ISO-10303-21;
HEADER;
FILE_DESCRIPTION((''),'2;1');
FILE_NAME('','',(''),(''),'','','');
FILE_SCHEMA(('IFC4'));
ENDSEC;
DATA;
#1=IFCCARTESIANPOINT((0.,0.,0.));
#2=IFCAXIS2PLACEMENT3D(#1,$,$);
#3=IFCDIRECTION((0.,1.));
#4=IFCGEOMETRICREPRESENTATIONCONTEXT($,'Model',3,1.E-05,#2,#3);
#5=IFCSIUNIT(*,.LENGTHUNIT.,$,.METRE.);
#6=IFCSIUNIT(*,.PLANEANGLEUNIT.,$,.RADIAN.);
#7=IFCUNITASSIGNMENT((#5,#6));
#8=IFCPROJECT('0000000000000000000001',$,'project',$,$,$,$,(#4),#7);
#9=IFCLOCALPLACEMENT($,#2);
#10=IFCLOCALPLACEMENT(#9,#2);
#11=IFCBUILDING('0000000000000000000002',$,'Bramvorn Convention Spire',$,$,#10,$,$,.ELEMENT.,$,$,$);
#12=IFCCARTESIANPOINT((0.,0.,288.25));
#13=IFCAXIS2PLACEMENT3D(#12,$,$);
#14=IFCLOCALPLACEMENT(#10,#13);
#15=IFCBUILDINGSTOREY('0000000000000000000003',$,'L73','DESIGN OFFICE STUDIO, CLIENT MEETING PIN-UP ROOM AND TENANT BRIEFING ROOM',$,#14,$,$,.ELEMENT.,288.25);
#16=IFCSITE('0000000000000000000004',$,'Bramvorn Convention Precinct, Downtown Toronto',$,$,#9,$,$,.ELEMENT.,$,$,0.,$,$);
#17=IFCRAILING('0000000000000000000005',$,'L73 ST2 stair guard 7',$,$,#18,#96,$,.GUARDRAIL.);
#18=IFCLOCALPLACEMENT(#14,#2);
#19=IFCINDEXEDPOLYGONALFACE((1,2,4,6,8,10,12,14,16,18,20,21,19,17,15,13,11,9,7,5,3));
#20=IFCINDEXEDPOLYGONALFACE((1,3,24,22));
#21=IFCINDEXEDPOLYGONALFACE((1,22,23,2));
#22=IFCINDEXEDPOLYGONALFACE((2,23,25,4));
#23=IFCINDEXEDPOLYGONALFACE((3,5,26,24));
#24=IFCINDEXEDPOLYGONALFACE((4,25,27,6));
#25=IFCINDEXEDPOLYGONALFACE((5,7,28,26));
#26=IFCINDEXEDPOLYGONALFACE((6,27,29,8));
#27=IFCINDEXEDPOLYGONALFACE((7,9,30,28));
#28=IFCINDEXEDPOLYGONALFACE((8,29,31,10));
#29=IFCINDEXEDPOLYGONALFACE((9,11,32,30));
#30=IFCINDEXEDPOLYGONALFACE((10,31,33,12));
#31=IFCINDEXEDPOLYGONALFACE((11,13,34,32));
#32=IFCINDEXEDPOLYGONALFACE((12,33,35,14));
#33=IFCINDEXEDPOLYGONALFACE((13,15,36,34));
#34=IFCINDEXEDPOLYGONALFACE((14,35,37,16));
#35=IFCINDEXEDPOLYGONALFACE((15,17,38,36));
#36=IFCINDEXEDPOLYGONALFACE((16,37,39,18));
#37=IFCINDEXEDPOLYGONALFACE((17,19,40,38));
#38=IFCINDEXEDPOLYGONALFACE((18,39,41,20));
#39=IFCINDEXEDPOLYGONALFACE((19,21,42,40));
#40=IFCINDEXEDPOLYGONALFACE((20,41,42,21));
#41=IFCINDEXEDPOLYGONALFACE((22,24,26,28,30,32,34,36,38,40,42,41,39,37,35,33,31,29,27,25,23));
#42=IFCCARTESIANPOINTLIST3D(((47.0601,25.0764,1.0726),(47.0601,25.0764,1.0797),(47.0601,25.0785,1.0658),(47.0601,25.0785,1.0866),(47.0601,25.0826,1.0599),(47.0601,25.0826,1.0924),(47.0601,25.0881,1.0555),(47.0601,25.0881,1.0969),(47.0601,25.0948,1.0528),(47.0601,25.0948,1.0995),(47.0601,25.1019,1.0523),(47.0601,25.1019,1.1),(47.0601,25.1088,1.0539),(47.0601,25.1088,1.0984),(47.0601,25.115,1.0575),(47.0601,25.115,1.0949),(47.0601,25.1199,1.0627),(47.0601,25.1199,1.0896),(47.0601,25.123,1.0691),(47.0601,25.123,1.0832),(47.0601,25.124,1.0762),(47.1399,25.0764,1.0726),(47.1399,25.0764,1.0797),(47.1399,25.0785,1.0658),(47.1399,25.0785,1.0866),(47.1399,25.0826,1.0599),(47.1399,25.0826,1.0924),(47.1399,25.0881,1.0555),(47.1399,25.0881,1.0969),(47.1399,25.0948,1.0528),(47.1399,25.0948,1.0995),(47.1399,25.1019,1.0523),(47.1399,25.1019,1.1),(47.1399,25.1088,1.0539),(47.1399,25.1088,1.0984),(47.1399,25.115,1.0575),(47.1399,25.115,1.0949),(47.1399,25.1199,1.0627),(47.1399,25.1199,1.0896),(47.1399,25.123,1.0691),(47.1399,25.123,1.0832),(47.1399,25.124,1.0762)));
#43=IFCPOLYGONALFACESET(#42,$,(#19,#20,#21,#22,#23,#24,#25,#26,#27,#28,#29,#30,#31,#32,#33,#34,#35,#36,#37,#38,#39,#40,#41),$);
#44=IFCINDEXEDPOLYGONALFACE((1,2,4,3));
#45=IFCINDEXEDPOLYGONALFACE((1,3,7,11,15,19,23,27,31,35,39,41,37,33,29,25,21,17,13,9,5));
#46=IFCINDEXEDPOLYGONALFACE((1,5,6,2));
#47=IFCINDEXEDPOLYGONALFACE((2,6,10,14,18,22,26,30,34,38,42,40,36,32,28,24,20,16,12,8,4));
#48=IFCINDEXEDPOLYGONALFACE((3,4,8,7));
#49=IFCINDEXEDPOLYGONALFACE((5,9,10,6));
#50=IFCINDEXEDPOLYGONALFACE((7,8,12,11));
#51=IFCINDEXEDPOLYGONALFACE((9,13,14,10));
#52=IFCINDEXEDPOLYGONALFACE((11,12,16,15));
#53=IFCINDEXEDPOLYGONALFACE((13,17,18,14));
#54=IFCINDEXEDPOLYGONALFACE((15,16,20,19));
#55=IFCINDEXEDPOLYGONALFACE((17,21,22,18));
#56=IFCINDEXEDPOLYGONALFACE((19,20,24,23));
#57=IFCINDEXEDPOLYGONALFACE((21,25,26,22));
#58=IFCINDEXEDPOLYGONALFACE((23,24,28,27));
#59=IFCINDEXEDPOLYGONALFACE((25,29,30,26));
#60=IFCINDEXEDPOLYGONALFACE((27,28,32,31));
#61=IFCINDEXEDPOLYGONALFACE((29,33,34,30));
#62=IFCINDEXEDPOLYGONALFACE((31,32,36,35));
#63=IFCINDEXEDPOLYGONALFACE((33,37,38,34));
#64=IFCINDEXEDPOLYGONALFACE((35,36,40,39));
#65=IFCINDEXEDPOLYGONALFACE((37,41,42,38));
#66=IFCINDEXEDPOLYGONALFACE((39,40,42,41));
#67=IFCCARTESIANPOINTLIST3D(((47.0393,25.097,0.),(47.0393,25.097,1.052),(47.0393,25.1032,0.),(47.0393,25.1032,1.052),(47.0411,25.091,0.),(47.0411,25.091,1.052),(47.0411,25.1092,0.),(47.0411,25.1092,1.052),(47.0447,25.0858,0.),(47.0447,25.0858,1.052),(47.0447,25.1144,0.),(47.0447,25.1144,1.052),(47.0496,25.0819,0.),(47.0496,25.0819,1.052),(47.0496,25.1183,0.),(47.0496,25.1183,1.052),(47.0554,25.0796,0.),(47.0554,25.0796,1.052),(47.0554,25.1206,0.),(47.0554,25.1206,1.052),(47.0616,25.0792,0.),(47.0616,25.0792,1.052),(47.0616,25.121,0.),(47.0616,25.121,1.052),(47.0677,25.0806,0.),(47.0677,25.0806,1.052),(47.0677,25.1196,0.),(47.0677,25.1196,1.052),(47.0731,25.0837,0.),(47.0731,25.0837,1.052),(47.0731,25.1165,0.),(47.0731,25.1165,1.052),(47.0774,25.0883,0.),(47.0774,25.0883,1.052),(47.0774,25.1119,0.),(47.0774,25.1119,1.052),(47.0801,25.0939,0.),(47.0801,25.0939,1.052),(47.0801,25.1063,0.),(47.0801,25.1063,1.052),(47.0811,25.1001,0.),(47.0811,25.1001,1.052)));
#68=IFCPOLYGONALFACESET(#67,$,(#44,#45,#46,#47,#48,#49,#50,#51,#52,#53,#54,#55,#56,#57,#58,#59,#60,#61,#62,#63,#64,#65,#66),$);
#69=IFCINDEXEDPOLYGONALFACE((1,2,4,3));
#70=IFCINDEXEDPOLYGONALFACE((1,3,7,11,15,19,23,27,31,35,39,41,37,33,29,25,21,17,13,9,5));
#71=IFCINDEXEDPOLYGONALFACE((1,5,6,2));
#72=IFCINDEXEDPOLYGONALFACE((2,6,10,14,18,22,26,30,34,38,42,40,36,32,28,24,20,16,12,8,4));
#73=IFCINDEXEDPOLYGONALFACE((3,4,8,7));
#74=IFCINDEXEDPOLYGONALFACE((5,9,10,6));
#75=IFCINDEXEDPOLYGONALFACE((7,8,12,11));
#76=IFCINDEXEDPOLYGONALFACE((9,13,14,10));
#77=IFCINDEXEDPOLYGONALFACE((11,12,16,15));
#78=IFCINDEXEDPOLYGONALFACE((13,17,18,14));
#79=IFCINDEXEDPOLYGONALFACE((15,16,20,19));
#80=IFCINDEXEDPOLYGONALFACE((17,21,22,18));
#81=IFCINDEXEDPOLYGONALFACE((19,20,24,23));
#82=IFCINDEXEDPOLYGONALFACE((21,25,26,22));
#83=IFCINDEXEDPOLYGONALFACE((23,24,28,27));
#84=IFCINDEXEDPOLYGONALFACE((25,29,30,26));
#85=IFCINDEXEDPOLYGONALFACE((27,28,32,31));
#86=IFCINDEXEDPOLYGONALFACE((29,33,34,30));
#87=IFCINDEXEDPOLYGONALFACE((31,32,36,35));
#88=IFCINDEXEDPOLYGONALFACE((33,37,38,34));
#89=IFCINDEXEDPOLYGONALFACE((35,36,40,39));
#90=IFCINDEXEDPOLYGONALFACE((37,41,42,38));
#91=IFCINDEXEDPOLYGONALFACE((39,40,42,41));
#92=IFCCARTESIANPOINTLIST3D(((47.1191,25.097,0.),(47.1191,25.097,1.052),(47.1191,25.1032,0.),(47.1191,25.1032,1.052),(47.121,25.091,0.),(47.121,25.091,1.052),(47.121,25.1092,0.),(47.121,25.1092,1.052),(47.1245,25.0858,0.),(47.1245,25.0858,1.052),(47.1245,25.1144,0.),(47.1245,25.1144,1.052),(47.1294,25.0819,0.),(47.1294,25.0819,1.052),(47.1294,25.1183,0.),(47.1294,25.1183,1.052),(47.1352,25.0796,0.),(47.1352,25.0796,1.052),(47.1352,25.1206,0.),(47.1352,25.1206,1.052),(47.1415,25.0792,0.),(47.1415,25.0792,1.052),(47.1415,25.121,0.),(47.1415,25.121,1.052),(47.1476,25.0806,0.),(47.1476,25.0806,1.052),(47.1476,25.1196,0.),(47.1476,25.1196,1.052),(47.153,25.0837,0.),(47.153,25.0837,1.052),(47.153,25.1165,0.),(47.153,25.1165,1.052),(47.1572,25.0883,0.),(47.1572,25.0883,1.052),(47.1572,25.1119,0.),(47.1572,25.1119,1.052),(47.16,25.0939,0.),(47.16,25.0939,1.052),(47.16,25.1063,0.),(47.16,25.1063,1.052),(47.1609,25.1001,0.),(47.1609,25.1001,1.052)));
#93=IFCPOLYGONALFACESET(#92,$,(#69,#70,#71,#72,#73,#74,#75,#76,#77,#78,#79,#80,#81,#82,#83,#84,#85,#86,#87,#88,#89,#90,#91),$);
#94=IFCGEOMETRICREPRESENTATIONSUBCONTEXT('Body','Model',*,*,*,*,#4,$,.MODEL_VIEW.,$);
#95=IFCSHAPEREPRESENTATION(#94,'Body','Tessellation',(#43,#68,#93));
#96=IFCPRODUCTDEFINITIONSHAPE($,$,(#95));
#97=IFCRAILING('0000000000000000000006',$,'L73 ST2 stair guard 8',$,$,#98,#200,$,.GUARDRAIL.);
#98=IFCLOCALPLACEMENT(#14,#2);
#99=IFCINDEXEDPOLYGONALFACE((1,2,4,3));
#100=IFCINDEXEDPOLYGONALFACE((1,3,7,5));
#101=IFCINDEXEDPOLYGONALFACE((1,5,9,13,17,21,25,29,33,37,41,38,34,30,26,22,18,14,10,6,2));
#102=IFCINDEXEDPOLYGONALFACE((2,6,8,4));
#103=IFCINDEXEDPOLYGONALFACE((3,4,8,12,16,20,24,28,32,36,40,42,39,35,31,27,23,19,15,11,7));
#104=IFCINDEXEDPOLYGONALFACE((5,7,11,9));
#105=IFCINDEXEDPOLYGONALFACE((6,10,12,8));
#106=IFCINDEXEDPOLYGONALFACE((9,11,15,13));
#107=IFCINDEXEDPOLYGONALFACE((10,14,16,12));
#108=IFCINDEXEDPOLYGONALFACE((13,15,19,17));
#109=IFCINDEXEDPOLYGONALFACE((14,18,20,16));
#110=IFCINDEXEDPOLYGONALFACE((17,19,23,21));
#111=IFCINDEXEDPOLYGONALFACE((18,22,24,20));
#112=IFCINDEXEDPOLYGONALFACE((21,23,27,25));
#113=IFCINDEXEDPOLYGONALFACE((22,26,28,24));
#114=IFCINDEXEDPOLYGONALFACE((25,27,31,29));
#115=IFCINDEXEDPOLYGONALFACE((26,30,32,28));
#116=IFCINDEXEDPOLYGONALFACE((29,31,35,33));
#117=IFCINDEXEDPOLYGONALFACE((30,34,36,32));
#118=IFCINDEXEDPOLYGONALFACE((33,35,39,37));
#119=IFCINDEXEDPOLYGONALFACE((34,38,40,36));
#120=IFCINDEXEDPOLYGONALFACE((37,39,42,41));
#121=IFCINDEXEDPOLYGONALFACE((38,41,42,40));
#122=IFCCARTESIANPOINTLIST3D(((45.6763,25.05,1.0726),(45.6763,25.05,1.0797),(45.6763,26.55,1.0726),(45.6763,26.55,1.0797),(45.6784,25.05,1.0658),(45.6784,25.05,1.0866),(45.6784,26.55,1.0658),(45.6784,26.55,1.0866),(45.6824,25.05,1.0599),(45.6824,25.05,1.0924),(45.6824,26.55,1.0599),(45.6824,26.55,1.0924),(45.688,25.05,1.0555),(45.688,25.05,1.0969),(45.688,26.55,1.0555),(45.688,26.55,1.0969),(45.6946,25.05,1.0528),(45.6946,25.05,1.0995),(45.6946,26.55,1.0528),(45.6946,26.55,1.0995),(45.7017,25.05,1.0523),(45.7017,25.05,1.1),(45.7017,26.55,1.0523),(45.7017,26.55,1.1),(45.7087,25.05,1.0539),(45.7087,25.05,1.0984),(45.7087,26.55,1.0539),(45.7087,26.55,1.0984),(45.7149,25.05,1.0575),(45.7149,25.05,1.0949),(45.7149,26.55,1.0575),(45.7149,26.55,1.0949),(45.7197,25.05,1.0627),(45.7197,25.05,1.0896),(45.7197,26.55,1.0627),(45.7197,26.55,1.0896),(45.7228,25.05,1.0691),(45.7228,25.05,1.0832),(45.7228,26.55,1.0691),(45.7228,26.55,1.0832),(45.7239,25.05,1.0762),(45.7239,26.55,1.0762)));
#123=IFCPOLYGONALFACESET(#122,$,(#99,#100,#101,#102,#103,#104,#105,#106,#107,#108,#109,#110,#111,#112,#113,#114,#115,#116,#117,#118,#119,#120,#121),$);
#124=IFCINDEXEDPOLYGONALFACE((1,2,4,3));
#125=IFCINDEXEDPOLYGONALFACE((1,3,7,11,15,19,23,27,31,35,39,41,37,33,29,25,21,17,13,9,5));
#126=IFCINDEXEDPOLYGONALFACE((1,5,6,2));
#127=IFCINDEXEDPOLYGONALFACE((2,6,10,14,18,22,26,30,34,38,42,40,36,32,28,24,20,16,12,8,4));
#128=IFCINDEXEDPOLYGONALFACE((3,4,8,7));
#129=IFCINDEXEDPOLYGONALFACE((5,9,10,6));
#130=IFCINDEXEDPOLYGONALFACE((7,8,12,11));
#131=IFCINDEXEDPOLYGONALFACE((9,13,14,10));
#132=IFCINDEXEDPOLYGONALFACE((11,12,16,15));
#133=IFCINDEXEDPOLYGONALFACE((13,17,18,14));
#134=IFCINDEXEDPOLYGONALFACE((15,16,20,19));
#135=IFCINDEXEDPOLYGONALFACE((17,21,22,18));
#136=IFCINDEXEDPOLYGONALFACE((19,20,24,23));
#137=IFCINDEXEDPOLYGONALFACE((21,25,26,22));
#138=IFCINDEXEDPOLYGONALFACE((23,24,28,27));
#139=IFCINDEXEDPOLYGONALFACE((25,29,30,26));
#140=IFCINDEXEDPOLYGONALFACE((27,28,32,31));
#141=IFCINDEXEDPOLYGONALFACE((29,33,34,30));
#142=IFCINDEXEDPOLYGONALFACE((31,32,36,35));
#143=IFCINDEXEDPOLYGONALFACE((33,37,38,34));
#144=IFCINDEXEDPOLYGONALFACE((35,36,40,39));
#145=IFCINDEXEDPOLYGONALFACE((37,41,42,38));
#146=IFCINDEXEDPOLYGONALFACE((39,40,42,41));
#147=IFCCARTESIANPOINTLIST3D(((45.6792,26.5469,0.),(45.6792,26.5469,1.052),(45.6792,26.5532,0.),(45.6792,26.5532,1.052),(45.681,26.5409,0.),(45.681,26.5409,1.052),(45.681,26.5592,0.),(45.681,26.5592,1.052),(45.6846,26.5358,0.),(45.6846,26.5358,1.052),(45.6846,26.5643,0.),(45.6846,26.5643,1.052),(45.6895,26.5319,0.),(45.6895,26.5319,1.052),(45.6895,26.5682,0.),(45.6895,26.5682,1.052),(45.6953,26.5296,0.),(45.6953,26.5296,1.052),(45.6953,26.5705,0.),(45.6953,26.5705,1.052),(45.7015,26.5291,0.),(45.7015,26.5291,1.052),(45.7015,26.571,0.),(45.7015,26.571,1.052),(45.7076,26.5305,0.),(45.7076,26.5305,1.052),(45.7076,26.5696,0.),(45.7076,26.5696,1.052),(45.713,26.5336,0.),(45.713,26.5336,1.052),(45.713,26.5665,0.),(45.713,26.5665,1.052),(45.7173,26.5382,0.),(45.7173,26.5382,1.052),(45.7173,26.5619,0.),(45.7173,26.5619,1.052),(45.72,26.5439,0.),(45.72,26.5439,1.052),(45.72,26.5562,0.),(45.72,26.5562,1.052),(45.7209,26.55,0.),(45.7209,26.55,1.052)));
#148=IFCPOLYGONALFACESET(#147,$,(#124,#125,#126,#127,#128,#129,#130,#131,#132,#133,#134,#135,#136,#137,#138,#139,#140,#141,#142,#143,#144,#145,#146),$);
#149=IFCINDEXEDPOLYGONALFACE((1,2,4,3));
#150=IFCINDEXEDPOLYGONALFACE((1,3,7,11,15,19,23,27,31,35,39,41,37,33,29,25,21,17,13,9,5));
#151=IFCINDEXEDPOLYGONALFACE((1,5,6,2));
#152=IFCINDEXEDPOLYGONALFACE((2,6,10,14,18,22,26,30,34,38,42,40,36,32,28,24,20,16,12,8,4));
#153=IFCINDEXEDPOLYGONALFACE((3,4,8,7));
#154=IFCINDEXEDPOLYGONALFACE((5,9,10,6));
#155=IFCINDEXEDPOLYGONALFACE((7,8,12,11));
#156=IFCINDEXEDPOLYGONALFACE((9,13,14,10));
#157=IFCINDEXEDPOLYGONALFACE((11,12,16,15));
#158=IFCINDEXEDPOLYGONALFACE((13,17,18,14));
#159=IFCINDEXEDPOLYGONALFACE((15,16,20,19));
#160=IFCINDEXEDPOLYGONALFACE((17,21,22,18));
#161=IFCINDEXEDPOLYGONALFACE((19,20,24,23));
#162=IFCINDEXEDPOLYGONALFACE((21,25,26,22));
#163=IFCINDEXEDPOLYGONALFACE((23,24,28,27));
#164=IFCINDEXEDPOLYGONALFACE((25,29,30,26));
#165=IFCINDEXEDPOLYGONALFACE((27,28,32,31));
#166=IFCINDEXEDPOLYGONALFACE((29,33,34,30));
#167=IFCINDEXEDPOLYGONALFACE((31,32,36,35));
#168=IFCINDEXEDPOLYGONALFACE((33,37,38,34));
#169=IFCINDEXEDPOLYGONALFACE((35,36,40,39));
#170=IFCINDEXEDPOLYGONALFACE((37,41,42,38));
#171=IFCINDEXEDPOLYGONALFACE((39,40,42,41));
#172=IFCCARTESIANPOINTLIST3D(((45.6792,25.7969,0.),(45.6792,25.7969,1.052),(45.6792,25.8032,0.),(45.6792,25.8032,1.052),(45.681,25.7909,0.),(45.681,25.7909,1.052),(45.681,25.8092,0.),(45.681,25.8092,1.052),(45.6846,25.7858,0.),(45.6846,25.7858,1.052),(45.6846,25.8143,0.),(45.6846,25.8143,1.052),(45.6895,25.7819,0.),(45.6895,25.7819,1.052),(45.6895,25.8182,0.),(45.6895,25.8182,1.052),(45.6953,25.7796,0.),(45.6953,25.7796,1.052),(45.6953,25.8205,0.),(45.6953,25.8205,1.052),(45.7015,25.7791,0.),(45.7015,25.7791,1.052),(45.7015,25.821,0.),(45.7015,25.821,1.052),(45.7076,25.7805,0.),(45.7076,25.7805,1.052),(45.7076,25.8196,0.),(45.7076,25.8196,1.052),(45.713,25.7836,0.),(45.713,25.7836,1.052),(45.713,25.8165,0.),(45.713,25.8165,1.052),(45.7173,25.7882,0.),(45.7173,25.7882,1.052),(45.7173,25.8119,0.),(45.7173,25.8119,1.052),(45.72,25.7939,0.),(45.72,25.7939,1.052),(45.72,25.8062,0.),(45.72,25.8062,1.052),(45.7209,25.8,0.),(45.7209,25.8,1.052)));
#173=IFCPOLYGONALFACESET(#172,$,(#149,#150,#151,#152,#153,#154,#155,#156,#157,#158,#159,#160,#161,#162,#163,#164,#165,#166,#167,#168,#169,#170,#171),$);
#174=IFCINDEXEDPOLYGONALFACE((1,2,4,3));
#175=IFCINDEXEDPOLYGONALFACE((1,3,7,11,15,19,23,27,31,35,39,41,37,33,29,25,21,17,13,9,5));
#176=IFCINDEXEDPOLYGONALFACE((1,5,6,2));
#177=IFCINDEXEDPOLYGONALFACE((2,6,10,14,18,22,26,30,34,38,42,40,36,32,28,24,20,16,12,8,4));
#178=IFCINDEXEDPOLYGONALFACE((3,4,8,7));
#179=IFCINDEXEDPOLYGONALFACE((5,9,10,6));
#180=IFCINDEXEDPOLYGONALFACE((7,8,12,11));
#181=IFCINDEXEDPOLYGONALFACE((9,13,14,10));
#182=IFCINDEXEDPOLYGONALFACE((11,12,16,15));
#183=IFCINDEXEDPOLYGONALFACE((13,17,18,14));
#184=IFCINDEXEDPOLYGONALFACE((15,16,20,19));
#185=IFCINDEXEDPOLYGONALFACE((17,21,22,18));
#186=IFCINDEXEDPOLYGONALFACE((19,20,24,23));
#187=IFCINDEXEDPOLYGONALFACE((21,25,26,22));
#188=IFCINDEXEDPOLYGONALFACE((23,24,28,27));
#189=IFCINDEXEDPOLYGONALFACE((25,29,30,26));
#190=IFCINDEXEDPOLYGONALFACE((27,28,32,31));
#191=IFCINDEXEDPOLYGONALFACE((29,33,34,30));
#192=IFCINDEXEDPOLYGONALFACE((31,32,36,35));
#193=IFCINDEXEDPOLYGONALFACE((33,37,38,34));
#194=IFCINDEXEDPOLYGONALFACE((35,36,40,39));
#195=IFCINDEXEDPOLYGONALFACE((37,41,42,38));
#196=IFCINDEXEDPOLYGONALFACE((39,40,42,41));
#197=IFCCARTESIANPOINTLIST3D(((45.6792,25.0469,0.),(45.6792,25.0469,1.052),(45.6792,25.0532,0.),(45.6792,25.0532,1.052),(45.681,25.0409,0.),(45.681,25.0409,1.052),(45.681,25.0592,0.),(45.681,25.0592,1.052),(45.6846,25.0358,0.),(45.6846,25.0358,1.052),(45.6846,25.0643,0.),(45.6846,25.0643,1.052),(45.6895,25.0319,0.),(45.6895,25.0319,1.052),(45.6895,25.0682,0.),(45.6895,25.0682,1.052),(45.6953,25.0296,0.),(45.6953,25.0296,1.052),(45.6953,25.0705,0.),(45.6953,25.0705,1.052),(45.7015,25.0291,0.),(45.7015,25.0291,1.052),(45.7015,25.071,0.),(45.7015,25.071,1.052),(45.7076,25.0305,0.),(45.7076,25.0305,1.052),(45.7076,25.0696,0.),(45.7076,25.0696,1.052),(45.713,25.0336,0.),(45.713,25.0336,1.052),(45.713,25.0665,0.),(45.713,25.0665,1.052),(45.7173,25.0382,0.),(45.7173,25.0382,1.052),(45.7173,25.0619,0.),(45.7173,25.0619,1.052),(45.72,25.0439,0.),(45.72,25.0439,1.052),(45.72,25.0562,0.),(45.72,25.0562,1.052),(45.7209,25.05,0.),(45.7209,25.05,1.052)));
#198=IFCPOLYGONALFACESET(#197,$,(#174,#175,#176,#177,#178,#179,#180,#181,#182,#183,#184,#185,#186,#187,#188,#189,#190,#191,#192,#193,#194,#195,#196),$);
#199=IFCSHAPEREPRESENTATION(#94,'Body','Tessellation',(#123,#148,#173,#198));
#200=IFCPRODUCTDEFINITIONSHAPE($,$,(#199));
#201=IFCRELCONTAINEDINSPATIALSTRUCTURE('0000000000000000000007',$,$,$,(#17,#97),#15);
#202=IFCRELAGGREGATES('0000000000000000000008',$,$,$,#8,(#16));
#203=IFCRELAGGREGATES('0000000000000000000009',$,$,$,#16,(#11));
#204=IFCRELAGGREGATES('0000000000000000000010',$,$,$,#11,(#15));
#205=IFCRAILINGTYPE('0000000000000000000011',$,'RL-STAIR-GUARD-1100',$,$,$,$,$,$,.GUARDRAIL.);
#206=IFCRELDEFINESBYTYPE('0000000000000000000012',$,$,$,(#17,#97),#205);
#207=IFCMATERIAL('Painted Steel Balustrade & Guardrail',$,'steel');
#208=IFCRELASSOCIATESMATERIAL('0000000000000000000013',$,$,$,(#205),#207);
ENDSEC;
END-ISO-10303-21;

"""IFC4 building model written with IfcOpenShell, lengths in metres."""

from ifc_helpers import new_model, si_unit, direction, frame, origin, origin_2d, place, context, subcontext, project, spatial, circle, extrude, material, type_object, element, save


model = new_model("IFC4")

# Units and contexts
model_context = context("Model", 3, precision=1e-05, world=origin(), true_north=direction((0.0, 1.0)))
body_context = subcontext(model_context, "Body", "Model", "MODEL_VIEW")
ifc_project = project(units=[si_unit("LENGTHUNIT", "METRE"), si_unit("PLANEANGLEUNIT", "RADIAN")], contexts=[model_context])

# Site, building, storey
site_placement = place(None, origin())
site = spatial("IfcSite", under=ifc_project, at=site_placement, Name="Bramvorn Convention Precinct, Downtown Toronto", CompositionType="ELEMENT", RefElevation=0.0)
building_placement = place(site_placement, origin())
building = spatial("IfcBuilding", under=site, at=building_placement, Name="Bramvorn Convention Spire", CompositionType="ELEMENT")
storey_placement = place(building_placement, frame((0.0, 0.0, 288.25)))
storey = spatial("IfcBuildingStorey", under=building, at=storey_placement, Name="L73", Description="DESIGN OFFICE STUDIO, CLIENT MEETING PIN-UP ROOM AND TENANT BRIEFING ROOM", CompositionType="ELEMENT", Elevation=288.25)

# Railings
ifc_material_1 = material(Name="Painted Steel Balustrade & Guardrail", Category="steel")
railing_type_1 = type_object("IfcRailingType", Name="RL-STAIR-GUARD-1100", PredefinedType="GUARDRAIL", material=ifc_material_1)
railing_1_placement = place(storey_placement, frame((47.0601, 25.1001, 0.0)))
element("IfcRailing", 1, at=railing_1_placement, inside=storey, type_object=railing_type_1, Name="L73 ST2 stair guard 7", PredefinedType="GUARDRAIL", context=body_context, shape_type="SweptSolid", body=[
    extrude(circle(Radius=0.0239, at=origin_2d()), frame((0.0, 0.0, 1.0762), z_axis=(1.0, 0.0, 0.0), x_axis=(0.0, 1.0, 0.0)), (0.0, 0.0, 1.0), 0.0798),
    extrude(circle(Radius=0.021, at=origin_2d()), origin(), (0.0, 0.0, 1.0), 1.052),
    extrude(circle(Radius=0.021, at=origin_2d()), frame((0.0798, 0.0, 0.0)), (0.0, 0.0, 1.0), 1.052),
])
for number, where, name in (
    (2, (45.7, 26.55, 0.0), "L73 ST2 stair guard 8"),
):
    element("IfcRailing", number, at=place(storey_placement, frame(where)), inside=storey, type_object=railing_type_1, Name=name, PredefinedType="GUARDRAIL", context=body_context, shape_type="SweptSolid", body=[
        extrude(circle(Radius=0.0239, at=origin_2d()), frame((0.0, 0.0, 1.0762), z_axis=(0.0, -1.0, 0.0), x_axis=(1.0, 0.0, 0.0)), (0.0, 0.0, 1.0), 1.5),
        extrude(circle(Radius=0.021, at=origin_2d()), origin(), (0.0, 0.0, 1.0), 1.052),
        extrude(circle(Radius=0.021, at=origin_2d()), frame((0.0, -0.75, 0.0)), (0.0, 0.0, 1.0), 1.052),
        extrude(circle(Radius=0.021, at=origin_2d()), frame((0.0, -1.5, 0.0)), (0.0, 0.0, 1.0), 1.052),
    ])

save(model, "model.ifc")
